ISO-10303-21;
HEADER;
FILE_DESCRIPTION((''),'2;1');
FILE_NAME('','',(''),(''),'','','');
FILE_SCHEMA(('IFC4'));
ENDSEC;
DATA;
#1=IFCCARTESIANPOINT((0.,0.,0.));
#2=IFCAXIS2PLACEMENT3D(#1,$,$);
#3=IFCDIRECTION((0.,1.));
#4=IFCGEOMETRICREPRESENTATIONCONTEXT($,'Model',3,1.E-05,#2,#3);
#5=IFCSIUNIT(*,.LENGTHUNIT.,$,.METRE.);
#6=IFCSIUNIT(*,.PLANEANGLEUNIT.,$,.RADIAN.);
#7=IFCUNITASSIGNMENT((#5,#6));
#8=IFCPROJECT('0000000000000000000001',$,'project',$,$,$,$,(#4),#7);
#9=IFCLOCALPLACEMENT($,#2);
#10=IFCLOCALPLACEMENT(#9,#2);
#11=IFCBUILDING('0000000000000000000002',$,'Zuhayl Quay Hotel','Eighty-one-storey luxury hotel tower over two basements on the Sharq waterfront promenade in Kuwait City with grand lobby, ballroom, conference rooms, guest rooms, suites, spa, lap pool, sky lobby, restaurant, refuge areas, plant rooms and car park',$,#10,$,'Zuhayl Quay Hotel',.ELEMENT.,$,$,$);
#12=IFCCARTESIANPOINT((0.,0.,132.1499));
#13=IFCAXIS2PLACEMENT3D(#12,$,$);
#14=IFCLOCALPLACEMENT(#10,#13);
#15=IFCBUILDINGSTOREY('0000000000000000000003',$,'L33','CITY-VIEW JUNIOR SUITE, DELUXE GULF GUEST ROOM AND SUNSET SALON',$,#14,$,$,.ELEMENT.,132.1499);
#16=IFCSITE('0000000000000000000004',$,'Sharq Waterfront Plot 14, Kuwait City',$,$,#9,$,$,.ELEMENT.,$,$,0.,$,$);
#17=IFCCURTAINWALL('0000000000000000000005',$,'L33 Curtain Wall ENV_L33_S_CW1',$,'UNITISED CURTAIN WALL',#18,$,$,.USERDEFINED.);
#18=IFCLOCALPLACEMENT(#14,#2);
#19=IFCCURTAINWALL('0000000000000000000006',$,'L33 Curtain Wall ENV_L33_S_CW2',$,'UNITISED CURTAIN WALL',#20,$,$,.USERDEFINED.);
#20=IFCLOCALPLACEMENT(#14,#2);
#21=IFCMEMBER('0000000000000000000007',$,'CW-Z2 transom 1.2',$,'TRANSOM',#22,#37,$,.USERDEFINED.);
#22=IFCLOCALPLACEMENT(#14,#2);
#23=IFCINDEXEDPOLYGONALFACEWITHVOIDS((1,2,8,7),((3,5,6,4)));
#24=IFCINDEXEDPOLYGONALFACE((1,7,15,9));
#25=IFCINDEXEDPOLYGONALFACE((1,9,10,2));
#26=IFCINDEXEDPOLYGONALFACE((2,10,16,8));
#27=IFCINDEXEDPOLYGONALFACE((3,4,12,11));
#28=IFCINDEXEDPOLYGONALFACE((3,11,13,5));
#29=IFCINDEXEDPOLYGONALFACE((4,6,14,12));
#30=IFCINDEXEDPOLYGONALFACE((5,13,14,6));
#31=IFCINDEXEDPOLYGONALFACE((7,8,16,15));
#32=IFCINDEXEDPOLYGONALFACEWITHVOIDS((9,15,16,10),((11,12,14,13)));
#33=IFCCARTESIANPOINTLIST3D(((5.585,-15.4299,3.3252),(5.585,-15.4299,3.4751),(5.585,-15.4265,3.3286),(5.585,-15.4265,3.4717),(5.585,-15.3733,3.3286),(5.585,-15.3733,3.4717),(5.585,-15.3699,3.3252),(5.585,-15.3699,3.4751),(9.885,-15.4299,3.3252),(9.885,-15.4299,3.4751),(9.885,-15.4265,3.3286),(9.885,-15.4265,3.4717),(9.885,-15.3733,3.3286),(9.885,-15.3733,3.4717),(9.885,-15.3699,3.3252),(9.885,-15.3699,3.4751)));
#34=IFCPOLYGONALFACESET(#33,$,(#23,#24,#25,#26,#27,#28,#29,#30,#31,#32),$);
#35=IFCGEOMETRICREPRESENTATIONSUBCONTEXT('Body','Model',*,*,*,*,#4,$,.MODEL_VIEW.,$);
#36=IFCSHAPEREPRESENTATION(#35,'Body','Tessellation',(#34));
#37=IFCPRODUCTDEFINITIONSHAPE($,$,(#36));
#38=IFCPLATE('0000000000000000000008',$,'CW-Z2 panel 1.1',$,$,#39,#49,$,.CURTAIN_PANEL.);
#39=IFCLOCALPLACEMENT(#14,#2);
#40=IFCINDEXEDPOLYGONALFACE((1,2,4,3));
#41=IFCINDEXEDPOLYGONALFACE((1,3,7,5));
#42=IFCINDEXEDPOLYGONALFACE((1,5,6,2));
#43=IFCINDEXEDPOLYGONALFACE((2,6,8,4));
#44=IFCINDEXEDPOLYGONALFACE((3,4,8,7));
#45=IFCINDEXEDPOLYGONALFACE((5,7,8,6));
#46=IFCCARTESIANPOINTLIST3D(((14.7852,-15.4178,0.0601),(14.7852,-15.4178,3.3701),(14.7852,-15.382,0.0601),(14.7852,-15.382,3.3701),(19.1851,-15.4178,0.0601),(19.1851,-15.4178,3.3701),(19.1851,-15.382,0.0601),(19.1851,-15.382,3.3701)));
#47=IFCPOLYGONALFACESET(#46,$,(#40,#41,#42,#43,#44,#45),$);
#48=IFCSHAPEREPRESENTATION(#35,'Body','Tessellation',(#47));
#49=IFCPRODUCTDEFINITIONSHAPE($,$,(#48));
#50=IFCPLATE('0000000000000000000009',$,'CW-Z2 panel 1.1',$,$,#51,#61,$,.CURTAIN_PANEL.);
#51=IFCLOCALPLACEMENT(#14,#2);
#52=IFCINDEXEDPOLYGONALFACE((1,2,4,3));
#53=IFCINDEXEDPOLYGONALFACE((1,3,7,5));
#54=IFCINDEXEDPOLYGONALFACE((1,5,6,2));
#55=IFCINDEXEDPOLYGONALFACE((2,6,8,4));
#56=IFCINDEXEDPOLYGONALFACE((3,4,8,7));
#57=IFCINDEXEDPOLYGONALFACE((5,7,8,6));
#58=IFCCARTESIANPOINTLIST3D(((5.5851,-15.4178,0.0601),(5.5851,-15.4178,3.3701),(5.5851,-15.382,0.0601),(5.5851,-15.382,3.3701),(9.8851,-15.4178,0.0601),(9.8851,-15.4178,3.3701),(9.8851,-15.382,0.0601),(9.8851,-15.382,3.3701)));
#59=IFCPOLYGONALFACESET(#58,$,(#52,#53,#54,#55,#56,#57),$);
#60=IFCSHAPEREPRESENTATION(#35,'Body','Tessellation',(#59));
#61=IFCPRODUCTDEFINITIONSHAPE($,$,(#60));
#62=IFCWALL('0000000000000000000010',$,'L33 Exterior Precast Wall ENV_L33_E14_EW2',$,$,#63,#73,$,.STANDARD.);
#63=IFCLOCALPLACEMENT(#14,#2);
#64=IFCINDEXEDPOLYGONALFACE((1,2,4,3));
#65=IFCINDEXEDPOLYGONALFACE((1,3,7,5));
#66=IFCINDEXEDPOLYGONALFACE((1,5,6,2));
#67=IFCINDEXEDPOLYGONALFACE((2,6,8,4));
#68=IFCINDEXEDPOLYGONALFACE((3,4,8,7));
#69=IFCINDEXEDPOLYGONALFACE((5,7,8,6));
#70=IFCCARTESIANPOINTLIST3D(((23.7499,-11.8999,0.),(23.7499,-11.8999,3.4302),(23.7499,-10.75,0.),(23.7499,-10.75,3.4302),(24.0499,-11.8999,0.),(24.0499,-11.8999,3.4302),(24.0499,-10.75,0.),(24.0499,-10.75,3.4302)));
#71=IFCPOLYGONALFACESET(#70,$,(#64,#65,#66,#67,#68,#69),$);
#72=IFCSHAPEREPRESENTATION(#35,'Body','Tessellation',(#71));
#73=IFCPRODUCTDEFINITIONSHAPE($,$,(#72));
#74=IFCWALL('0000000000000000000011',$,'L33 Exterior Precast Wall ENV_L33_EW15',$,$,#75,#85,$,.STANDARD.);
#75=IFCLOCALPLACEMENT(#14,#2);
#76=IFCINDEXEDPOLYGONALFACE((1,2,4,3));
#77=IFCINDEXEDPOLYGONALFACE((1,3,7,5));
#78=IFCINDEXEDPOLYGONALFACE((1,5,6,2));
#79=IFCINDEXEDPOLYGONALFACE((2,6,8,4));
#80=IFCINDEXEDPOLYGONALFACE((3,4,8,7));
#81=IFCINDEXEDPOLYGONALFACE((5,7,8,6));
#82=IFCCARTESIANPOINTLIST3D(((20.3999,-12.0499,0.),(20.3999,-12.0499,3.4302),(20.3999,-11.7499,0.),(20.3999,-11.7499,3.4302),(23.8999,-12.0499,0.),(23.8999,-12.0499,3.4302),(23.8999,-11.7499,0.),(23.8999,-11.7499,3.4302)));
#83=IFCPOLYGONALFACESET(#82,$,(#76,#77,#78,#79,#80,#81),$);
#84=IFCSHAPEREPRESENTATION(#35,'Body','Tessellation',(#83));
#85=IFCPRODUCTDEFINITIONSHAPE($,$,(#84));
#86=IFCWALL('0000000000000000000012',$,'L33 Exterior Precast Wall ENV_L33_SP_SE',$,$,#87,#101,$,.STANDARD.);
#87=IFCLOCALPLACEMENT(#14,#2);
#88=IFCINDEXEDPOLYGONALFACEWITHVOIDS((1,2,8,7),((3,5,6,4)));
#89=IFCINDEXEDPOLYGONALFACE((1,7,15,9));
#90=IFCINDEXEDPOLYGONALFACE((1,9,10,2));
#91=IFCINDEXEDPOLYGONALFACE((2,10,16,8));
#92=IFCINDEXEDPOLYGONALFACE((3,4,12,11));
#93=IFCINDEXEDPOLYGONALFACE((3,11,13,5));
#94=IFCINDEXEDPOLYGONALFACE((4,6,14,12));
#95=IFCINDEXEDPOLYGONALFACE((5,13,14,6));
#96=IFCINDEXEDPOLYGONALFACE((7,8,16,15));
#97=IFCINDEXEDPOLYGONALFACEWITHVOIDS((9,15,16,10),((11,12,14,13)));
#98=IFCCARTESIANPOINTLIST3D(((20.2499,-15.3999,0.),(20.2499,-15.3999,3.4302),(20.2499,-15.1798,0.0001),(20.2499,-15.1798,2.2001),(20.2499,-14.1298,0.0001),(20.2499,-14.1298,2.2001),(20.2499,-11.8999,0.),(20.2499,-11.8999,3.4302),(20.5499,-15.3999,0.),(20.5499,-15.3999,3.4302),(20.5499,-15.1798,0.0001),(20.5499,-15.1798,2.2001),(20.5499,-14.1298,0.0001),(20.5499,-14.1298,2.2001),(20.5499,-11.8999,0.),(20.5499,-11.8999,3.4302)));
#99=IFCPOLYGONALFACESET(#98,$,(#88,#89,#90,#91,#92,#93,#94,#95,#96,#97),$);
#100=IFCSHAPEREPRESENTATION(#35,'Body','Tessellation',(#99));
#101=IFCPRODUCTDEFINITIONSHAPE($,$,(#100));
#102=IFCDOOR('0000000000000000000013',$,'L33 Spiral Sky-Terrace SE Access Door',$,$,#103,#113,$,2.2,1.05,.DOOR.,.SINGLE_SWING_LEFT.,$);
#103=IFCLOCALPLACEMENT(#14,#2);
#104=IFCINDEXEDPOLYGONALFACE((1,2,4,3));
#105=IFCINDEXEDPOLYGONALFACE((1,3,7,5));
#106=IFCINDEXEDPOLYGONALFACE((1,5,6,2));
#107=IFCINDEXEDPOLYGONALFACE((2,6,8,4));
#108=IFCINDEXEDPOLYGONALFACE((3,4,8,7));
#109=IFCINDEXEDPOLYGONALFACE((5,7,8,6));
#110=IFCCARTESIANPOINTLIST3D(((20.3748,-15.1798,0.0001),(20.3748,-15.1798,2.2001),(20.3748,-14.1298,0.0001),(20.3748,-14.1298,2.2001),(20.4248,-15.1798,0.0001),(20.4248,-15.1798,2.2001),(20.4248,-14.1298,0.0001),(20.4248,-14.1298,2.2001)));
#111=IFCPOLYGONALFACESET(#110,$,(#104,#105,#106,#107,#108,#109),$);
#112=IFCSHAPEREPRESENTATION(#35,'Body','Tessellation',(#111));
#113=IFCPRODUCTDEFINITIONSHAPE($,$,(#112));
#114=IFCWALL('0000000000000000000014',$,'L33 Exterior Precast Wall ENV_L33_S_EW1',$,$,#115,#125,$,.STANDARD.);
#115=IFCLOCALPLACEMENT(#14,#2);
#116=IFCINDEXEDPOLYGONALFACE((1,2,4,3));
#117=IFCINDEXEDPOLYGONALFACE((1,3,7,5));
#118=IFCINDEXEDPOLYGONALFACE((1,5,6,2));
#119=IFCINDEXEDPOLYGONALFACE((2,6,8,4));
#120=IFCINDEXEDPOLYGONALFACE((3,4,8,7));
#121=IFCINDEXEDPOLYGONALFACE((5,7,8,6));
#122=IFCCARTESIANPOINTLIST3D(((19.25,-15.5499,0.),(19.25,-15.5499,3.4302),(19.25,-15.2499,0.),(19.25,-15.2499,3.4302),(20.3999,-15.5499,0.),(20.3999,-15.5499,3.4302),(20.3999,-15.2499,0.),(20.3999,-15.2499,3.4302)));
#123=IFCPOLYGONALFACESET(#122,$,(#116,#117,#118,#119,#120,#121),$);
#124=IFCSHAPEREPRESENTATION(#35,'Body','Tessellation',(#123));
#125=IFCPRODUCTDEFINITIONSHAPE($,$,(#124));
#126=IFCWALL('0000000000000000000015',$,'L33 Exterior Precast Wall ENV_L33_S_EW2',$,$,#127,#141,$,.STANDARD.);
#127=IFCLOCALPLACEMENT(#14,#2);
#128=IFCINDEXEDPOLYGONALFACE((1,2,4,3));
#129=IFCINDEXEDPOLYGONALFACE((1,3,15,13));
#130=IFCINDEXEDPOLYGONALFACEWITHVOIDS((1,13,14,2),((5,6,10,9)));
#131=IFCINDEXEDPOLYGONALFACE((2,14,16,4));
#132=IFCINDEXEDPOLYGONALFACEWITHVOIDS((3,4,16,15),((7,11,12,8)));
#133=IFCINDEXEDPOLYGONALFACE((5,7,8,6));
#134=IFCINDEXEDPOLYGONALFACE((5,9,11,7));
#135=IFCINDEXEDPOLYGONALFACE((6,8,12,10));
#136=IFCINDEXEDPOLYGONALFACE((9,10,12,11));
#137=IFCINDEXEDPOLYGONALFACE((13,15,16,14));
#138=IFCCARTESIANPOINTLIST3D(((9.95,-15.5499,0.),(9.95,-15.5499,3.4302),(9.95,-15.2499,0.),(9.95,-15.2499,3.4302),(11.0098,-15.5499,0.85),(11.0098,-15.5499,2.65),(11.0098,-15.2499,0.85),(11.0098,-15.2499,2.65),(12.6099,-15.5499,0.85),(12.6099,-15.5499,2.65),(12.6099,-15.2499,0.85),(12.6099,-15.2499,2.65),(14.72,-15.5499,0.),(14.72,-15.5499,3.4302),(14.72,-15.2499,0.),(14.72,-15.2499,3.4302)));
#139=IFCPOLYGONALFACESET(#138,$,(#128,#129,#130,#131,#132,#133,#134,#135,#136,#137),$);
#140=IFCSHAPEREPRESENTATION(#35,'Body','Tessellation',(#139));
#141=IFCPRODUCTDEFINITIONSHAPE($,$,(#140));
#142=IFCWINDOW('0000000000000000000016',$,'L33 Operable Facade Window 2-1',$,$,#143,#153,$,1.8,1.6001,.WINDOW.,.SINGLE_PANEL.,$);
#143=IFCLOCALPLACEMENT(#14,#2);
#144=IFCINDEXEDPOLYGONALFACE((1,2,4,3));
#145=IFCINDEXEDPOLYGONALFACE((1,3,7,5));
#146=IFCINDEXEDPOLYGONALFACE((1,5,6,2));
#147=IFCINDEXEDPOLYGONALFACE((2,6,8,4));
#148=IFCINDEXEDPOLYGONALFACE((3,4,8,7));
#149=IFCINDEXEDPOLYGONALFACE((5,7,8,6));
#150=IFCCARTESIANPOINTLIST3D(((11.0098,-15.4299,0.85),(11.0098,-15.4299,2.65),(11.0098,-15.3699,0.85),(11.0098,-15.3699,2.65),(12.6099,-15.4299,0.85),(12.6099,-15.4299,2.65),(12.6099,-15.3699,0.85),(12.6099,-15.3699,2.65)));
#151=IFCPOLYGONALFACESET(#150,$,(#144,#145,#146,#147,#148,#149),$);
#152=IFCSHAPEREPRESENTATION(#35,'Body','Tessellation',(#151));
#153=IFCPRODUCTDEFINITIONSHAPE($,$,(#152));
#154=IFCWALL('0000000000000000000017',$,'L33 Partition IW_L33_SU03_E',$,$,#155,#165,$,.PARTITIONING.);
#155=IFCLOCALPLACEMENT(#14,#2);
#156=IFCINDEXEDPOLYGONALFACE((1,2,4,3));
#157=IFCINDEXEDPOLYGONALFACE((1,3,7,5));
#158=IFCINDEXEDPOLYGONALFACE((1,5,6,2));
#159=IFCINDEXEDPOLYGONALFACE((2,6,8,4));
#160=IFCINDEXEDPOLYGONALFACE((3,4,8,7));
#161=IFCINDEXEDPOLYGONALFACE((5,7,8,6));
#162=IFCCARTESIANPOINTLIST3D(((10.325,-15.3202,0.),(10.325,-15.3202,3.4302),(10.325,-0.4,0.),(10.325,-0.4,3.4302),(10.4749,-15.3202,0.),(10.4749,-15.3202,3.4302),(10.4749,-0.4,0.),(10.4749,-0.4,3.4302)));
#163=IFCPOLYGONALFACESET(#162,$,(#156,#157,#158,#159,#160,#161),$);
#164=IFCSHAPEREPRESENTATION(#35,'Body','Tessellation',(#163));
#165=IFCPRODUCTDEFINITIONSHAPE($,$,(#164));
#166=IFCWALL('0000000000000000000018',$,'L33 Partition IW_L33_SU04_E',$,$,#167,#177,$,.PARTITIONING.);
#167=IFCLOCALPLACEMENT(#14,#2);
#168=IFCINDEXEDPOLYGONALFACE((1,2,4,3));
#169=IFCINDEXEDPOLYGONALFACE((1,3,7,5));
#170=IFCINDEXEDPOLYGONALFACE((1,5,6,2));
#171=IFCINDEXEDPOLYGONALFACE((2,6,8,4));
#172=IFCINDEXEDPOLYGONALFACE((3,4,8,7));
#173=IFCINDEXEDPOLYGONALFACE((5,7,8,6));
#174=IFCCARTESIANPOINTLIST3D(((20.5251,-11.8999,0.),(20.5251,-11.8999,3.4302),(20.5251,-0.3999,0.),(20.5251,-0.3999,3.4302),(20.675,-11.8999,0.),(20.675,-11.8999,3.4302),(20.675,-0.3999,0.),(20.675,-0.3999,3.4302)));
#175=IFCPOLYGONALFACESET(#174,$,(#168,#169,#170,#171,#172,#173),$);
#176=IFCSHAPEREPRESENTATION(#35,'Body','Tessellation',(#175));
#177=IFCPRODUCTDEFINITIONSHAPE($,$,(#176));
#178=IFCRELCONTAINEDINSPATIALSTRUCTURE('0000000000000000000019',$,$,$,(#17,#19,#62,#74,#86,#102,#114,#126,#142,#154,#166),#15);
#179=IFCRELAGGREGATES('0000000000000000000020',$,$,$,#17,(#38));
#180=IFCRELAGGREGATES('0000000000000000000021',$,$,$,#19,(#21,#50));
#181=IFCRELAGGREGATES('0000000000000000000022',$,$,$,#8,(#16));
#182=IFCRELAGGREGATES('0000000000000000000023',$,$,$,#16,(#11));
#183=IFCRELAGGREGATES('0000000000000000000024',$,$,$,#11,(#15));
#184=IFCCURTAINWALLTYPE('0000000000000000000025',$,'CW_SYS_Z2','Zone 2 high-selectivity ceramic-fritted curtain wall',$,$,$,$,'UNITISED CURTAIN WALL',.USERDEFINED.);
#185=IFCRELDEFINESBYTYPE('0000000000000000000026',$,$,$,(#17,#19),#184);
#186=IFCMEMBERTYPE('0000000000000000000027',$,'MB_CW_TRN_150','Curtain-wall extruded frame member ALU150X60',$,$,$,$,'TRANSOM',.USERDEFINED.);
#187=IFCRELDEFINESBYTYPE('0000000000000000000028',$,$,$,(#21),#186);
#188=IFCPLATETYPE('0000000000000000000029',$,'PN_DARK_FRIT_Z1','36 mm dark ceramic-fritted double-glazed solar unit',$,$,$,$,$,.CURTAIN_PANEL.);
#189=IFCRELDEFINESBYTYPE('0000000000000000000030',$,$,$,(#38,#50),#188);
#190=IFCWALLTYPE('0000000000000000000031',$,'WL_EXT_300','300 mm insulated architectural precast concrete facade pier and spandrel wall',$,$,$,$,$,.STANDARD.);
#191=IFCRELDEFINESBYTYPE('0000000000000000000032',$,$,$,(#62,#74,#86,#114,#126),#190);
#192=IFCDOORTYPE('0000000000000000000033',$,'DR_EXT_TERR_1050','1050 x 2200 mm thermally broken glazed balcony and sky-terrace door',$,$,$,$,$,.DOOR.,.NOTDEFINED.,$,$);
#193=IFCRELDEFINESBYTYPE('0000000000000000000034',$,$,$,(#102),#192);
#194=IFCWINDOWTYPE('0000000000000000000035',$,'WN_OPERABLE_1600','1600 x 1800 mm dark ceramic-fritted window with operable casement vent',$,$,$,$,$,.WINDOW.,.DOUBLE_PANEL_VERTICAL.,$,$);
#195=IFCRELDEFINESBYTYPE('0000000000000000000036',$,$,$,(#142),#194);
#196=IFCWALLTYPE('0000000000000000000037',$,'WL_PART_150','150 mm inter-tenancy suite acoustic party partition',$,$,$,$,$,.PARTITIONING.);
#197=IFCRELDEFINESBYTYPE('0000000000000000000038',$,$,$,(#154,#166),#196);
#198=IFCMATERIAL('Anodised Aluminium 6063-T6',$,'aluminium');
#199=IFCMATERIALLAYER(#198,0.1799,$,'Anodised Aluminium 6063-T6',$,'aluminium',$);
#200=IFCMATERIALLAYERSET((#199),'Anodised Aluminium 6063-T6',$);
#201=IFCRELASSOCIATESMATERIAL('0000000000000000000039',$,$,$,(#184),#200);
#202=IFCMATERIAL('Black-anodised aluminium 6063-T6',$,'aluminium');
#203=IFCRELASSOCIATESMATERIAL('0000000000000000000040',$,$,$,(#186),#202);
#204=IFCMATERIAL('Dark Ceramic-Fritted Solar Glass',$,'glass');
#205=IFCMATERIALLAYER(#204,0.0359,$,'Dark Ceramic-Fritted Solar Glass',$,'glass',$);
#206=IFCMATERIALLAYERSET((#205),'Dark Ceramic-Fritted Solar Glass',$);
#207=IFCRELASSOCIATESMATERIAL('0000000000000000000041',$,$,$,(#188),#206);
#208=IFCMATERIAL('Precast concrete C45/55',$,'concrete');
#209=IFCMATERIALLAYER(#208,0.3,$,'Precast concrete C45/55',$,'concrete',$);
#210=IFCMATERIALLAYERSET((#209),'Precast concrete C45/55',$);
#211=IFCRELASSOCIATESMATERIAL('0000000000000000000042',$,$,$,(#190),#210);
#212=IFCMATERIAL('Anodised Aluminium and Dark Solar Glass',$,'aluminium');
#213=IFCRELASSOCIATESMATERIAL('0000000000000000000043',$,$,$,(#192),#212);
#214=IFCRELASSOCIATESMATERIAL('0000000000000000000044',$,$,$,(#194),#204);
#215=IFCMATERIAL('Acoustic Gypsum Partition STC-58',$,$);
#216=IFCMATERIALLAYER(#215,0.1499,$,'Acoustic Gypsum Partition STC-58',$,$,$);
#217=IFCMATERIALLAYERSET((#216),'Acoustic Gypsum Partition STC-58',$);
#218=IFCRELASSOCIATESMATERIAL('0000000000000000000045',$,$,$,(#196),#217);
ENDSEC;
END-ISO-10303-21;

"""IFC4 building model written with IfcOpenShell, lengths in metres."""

from ifc_helpers import new_model, si_unit, direction, frame, frame_2d, origin, origin_2d, place, context, subcontext, project, spatial, rectangle, hollow_rectangle, extrude, material, layer, layer_set, material_profile, profile_set, type_object, element, fill, aggregate, save


model = new_model("IFC4")

# Units and contexts
model_context = context("Model", 3, precision=1e-05, world=origin(), true_north=direction((0.0, 1.0)))
body_context = subcontext(model_context, "Body", "Model", "MODEL_VIEW")
ifc_project = project(units=[si_unit("LENGTHUNIT", "METRE"), si_unit("PLANEANGLEUNIT", "RADIAN")], contexts=[model_context])

# Site, building, storey
site_placement = place(None, origin())
site = spatial("IfcSite", under=ifc_project, at=site_placement, Name="Sharq Waterfront Plot 14, Kuwait City", CompositionType="ELEMENT", RefElevation=0.0)
building_placement = place(site_placement, origin())
building = spatial("IfcBuilding", under=site, at=building_placement, Name="Zuhayl Quay Hotel", Description="Eighty-one-storey luxury hotel tower over two basements on the Sharq waterfront promenade in Kuwait City with grand lobby, ballroom, conference rooms, guest rooms, suites, spa, lap pool, sky lobby, restaurant, refuge areas, plant rooms and car park", LongName="Zuhayl Quay Hotel", CompositionType="ELEMENT")
storey_placement = place(building_placement, frame((0.0, 0.0, 132.1499)))
storey = spatial("IfcBuildingStorey", under=building, at=storey_placement, Name="L33", Description="CITY-VIEW JUNIOR SUITE, DELUXE GULF GUEST ROOM AND SUNSET SALON", CompositionType="ELEMENT", Elevation=132.1499)

# Shared definitions
ifc_material_1 = material(Name="Anodised Aluminium 6063-T6", Category="aluminium")
ifc_layer_1 = layer(ifc_material_1, 0.1799, Name="Anodised Aluminium 6063-T6", Category="aluminium")
ifc_layer_set_1 = layer_set([ifc_layer_1], Name="Anodised Aluminium 6063-T6")
curtain_wall_type = type_object("IfcCurtainWallType", Name="CW_SYS_Z2", Description="Zone 2 high-selectivity ceramic-fritted curtain wall", ElementType="UNITISED CURTAIN WALL", PredefinedType="USERDEFINED", material=ifc_layer_set_1)
ifc_material_2 = material(Name="Black-anodised aluminium 6063-T6", Category="aluminium")

# Curtain wall
curtain_wall_1_placement = place(storey_placement, origin())
curtain_wall_1 = element("IfcCurtainWall", 1, at=curtain_wall_1_placement, inside=storey, type_object=curtain_wall_type, Name="L33 Curtain Wall ENV_L33_S_CW1", ObjectType="UNITISED CURTAIN WALL", PredefinedType="USERDEFINED")

# Curtain wall
curtain_wall_2_placement = place(storey_placement, origin())
curtain_wall_2 = element("IfcCurtainWall", 2, at=curtain_wall_2_placement, inside=storey, type_object=curtain_wall_type, Name="L33 Curtain Wall ENV_L33_S_CW2", ObjectType="UNITISED CURTAIN WALL", PredefinedType="USERDEFINED")

# Member
ifc_material_profile_1 = material_profile(ifc_material_2, hollow_rectangle(XDim=0.0601, YDim=0.1499, WallThickness=0.0034, at=origin_2d()), Name="ALU150X60")
ifc_profile_set_1 = profile_set([ifc_material_profile_1], Name="Black-anodised aluminium 6063-T6")
member_type_1 = type_object("IfcMemberType", Name="MB_CW_TRN_150", Description="Curtain-wall extruded frame member ALU150X60", ElementType="TRANSOM", PredefinedType="USERDEFINED", material=ifc_profile_set_1)
member_1_placement = place(storey_placement, frame((9.885, -15.3999, 3.4001), z_axis=(-1.0, 0.0, 0.0), x_axis=(0.0, -1.0, 0.0)))
member_1 = element("IfcMember", 3, at=member_1_placement, type_object=member_type_1, Name="CW-Z2 transom 1.2", ObjectType="TRANSOM", PredefinedType="USERDEFINED", context=body_context, shape_type="SweptSolid", body=[
    extrude(hollow_rectangle(XDim=0.0601, YDim=0.1499, WallThickness=0.0034, at=origin_2d()), origin(), (0.0, 0.0, 1.0), 4.3),
])

# Plates
ifc_material_3 = material(Name="Dark Ceramic-Fritted Solar Glass", Category="glass")
ifc_layer_2 = layer(ifc_material_3, 0.0359, Name="Dark Ceramic-Fritted Solar Glass", Category="glass")
ifc_layer_set_2 = layer_set([ifc_layer_2], Name="Dark Ceramic-Fritted Solar Glass")
plate_type = type_object("IfcPlateType", Name="PN_DARK_FRIT_Z1", Description="36 mm dark ceramic-fritted double-glazed solar unit", PredefinedType="CURTAIN_PANEL", material=ifc_layer_set_2)
plate_1_placement = place(storey_placement, frame((16.9851, -15.3999, 0.0601), z_axis=(0.0, 0.0, 1.0), x_axis=(-1.0, 0.0, 0.0)))
plate_1 = element("IfcPlate", 4, at=plate_1_placement, type_object=plate_type, Name="CW-Z2 panel 1.1", PredefinedType="CURTAIN_PANEL", context=body_context, shape_type="SweptSolid", body=[
    extrude(rectangle(XDim=4.3999, YDim=0.0359, at=origin_2d()), origin(), (0.0, 0.0, 1.0), 3.3101),
])
aggregate(curtain_wall_1, [plate_1])
plate_2_placement = place(storey_placement, frame((7.7351, -15.3999, 0.0601), z_axis=(0.0, 0.0, 1.0), x_axis=(-1.0, 0.0, 0.0)))
plate_2 = element("IfcPlate", 5, at=plate_2_placement, type_object=plate_type, Name="CW-Z2 panel 1.1", PredefinedType="CURTAIN_PANEL", context=body_context, shape_type="SweptSolid", body=[
    extrude(rectangle(XDim=4.3, YDim=0.0359, at=origin_2d()), origin(), (0.0, 0.0, 1.0), 3.3101),
])
aggregate(curtain_wall_2, [member_1, plate_2])

# Walls
ifc_material_4 = material(Name="Precast concrete C45/55", Category="concrete")
ifc_layer_3 = layer(ifc_material_4, 0.3, Name="Precast concrete C45/55", Category="concrete")
ifc_layer_set_3 = layer_set([ifc_layer_3], Name="Precast concrete C45/55")
wall_type_1 = type_object("IfcWallType", Name="WL_EXT_300", Description="300 mm insulated architectural precast concrete facade pier and spandrel wall", PredefinedType="STANDARD", material=ifc_layer_set_3)
wall_1_placement = place(storey_placement, frame((23.8999, -10.75, 0.0), z_axis=(0.0, 0.0, 1.0), x_axis=(0.0, -1.0, 0.0)))
element("IfcWall", 6, at=wall_1_placement, inside=storey, type_object=wall_type_1, Name="L33 Exterior Precast Wall ENV_L33_E14_EW2", PredefinedType="STANDARD", context=body_context, shape_type="SweptSolid", body=[
    extrude(rectangle(XDim=1.1499, YDim=0.3, at=frame_2d((0.575, 0.0))), origin(), (0.0, 0.0, 1.0), 3.4302),
])
wall_2_placement = place(storey_placement, frame((23.8999, -11.8999, 0.0), z_axis=(0.0, 0.0, 1.0), x_axis=(-1.0, 0.0, 0.0)))
element("IfcWall", 7, at=wall_2_placement, inside=storey, type_object=wall_type_1, Name="L33 Exterior Precast Wall ENV_L33_EW15", PredefinedType="STANDARD", context=body_context, shape_type="SweptSolid", body=[
    extrude(rectangle(XDim=3.5, YDim=0.3, at=frame_2d((1.75, 0.0))), origin(), (0.0, 0.0, 1.0), 3.4302),
])

# Wall, opening, door
wall_3_placement = place(storey_placement, frame((20.3999, -11.8999, 0.0), z_axis=(0.0, 0.0, 1.0), x_axis=(0.0, -1.0, 0.0)))
wall_3 = element("IfcWall", 8, at=wall_3_placement, inside=storey, type_object=wall_type_1, Name="L33 Exterior Precast Wall ENV_L33_SP_SE", PredefinedType="STANDARD", context=body_context, shape_type="SweptSolid", body=[
    extrude(rectangle(XDim=3.5, YDim=0.3, at=frame_2d((1.75, 0.0))), origin(), (0.0, 0.0, 1.0), 3.4302),
])
opening_1_placement = place(wall_3_placement, frame((2.23, 0.0, 0.0)))
opening_1 = element("IfcOpeningElement", 9, at=opening_1_placement, cuts=wall_3, PredefinedType="OPENING", context=body_context, shape_type="SweptSolid", body=[
    extrude(rectangle(XDim=1.05, YDim=2.2, at=frame_2d((0.5249, 1.1001))), frame((0.0, 0.1599, 0.0), z_axis=(0.0, -1.0, 0.0), x_axis=(1.0, 0.0, 0.0)), (0.0, 0.0, 1.0), 0.3201),
])
ifc_material_5 = material(Name="Anodised Aluminium and Dark Solar Glass", Category="aluminium")
door_type = type_object("IfcDoorType", Name="DR_EXT_TERR_1050", Description="1050 x 2200 mm thermally broken glazed balcony and sky-terrace door", OperationType="NOTDEFINED", PredefinedType="DOOR", material=ifc_material_5)
door_placement = place(opening_1_placement, origin())
door = element("IfcDoor", 10, at=door_placement, inside=storey, type_object=door_type, Name="L33 Spiral Sky-Terrace SE Access Door", OperationType="SINGLE_SWING_LEFT", OverallHeight=2.2, OverallWidth=1.05, PredefinedType="DOOR", context=body_context, shape_type="SweptSolid", body=[
    extrude(rectangle(XDim=1.05, YDim=2.2, at=frame_2d((0.5249, 1.1001))), frame((0.0, 0.0249, 0.0), z_axis=(0.0, -1.0, 0.0), x_axis=(1.0, 0.0, 0.0)), (0.0, 0.0, 1.0), 0.05),
])
fill(opening_1, door)

# Wall
wall_4_placement = place(storey_placement, frame((20.3999, -15.3999, 0.0), z_axis=(0.0, 0.0, 1.0), x_axis=(-1.0, 0.0, 0.0)))
element("IfcWall", 11, at=wall_4_placement, inside=storey, type_object=wall_type_1, Name="L33 Exterior Precast Wall ENV_L33_S_EW1", PredefinedType="STANDARD", context=body_context, shape_type="SweptSolid", body=[
    extrude(rectangle(XDim=1.1499, YDim=0.3, at=frame_2d((0.575, 0.0))), origin(), (0.0, 0.0, 1.0), 3.4302),
])

# Wall, opening, window
wall_5_placement = place(storey_placement, frame((14.72, -15.3999, 0.0), z_axis=(0.0, 0.0, 1.0), x_axis=(-1.0, 0.0, 0.0)))
wall_5 = element("IfcWall", 12, at=wall_5_placement, inside=storey, type_object=wall_type_1, Name="L33 Exterior Precast Wall ENV_L33_S_EW2", PredefinedType="STANDARD", context=body_context, shape_type="SweptSolid", body=[
    extrude(rectangle(XDim=4.77, YDim=0.3, at=frame_2d((2.385, 0.0))), origin(), (0.0, 0.0, 1.0), 3.4302),
])
opening_2_placement = place(wall_5_placement, frame((2.1101, 0.0, 0.8501)))
opening_2 = element("IfcOpeningElement", 13, at=opening_2_placement, cuts=wall_5, PredefinedType="OPENING", context=body_context, shape_type="SweptSolid", body=[
    extrude(rectangle(XDim=1.6001, YDim=1.8, at=frame_2d((0.8, 0.8999))), frame((0.0, 0.1599, 0.0), z_axis=(0.0, -1.0, 0.0), x_axis=(1.0, 0.0, 0.0)), (0.0, 0.0, 1.0), 0.3201),
])
window_type = type_object("IfcWindowType", Name="WN_OPERABLE_1600", Description="1600 x 1800 mm dark ceramic-fritted window with operable casement vent", PartitioningType="DOUBLE_PANEL_VERTICAL", PredefinedType="WINDOW", material=ifc_material_3)
window_placement = place(opening_2_placement, origin())
window = element("IfcWindow", 14, at=window_placement, inside=storey, type_object=window_type, Name="L33 Operable Facade Window 2-1", OverallHeight=1.8, OverallWidth=1.6001, PartitioningType="SINGLE_PANEL", PredefinedType="WINDOW", context=body_context, shape_type="SweptSolid", body=[
    extrude(rectangle(XDim=1.6001, YDim=1.8, at=frame_2d((0.8, 0.8999))), frame((0.0, 0.03, 0.0), z_axis=(0.0, -1.0, 0.0), x_axis=(1.0, 0.0, 0.0)), (0.0, 0.0, 1.0), 0.0601),
])
fill(opening_2, window)

# Walls
ifc_material_6 = material(Name="Acoustic Gypsum Partition STC-58")
ifc_layer_4 = layer(ifc_material_6, 0.1499, Name="Acoustic Gypsum Partition STC-58")
ifc_layer_set_4 = layer_set([ifc_layer_4], Name="Acoustic Gypsum Partition STC-58")
wall_type_2 = type_object("IfcWallType", Name="WL_PART_150", Description="150 mm inter-tenancy suite acoustic party partition", PredefinedType="PARTITIONING", material=ifc_layer_set_4)
wall_6_placement = place(storey_placement, frame((10.3999, -15.3201, 0.0), z_axis=(0.0, 0.0, 1.0), x_axis=(0.0, 1.0, 0.0)))
element("IfcWall", 15, at=wall_6_placement, inside=storey, type_object=wall_type_2, Name="L33 Partition IW_L33_SU03_E", PredefinedType="PARTITIONING", context=body_context, shape_type="SweptSolid", body=[
    extrude(rectangle(XDim=14.9202, YDim=0.1499, at=frame_2d((7.46, 0.0))), origin(), (0.0, 0.0, 1.0), 3.4302),
])
wall_7_placement = place(storey_placement, frame((20.6001, -11.8999, 0.0), z_axis=(0.0, 0.0, 1.0), x_axis=(0.0, 1.0, 0.0)))
element("IfcWall", 16, at=wall_7_placement, inside=storey, type_object=wall_type_2, Name="L33 Partition IW_L33_SU04_E", PredefinedType="PARTITIONING", context=body_context, shape_type="SweptSolid", body=[
    extrude(rectangle(XDim=11.5, YDim=0.1499, at=frame_2d((5.75, 0.0))), origin(), (0.0, 0.0, 1.0), 3.4302),
])

save(model, "model.ifc")
